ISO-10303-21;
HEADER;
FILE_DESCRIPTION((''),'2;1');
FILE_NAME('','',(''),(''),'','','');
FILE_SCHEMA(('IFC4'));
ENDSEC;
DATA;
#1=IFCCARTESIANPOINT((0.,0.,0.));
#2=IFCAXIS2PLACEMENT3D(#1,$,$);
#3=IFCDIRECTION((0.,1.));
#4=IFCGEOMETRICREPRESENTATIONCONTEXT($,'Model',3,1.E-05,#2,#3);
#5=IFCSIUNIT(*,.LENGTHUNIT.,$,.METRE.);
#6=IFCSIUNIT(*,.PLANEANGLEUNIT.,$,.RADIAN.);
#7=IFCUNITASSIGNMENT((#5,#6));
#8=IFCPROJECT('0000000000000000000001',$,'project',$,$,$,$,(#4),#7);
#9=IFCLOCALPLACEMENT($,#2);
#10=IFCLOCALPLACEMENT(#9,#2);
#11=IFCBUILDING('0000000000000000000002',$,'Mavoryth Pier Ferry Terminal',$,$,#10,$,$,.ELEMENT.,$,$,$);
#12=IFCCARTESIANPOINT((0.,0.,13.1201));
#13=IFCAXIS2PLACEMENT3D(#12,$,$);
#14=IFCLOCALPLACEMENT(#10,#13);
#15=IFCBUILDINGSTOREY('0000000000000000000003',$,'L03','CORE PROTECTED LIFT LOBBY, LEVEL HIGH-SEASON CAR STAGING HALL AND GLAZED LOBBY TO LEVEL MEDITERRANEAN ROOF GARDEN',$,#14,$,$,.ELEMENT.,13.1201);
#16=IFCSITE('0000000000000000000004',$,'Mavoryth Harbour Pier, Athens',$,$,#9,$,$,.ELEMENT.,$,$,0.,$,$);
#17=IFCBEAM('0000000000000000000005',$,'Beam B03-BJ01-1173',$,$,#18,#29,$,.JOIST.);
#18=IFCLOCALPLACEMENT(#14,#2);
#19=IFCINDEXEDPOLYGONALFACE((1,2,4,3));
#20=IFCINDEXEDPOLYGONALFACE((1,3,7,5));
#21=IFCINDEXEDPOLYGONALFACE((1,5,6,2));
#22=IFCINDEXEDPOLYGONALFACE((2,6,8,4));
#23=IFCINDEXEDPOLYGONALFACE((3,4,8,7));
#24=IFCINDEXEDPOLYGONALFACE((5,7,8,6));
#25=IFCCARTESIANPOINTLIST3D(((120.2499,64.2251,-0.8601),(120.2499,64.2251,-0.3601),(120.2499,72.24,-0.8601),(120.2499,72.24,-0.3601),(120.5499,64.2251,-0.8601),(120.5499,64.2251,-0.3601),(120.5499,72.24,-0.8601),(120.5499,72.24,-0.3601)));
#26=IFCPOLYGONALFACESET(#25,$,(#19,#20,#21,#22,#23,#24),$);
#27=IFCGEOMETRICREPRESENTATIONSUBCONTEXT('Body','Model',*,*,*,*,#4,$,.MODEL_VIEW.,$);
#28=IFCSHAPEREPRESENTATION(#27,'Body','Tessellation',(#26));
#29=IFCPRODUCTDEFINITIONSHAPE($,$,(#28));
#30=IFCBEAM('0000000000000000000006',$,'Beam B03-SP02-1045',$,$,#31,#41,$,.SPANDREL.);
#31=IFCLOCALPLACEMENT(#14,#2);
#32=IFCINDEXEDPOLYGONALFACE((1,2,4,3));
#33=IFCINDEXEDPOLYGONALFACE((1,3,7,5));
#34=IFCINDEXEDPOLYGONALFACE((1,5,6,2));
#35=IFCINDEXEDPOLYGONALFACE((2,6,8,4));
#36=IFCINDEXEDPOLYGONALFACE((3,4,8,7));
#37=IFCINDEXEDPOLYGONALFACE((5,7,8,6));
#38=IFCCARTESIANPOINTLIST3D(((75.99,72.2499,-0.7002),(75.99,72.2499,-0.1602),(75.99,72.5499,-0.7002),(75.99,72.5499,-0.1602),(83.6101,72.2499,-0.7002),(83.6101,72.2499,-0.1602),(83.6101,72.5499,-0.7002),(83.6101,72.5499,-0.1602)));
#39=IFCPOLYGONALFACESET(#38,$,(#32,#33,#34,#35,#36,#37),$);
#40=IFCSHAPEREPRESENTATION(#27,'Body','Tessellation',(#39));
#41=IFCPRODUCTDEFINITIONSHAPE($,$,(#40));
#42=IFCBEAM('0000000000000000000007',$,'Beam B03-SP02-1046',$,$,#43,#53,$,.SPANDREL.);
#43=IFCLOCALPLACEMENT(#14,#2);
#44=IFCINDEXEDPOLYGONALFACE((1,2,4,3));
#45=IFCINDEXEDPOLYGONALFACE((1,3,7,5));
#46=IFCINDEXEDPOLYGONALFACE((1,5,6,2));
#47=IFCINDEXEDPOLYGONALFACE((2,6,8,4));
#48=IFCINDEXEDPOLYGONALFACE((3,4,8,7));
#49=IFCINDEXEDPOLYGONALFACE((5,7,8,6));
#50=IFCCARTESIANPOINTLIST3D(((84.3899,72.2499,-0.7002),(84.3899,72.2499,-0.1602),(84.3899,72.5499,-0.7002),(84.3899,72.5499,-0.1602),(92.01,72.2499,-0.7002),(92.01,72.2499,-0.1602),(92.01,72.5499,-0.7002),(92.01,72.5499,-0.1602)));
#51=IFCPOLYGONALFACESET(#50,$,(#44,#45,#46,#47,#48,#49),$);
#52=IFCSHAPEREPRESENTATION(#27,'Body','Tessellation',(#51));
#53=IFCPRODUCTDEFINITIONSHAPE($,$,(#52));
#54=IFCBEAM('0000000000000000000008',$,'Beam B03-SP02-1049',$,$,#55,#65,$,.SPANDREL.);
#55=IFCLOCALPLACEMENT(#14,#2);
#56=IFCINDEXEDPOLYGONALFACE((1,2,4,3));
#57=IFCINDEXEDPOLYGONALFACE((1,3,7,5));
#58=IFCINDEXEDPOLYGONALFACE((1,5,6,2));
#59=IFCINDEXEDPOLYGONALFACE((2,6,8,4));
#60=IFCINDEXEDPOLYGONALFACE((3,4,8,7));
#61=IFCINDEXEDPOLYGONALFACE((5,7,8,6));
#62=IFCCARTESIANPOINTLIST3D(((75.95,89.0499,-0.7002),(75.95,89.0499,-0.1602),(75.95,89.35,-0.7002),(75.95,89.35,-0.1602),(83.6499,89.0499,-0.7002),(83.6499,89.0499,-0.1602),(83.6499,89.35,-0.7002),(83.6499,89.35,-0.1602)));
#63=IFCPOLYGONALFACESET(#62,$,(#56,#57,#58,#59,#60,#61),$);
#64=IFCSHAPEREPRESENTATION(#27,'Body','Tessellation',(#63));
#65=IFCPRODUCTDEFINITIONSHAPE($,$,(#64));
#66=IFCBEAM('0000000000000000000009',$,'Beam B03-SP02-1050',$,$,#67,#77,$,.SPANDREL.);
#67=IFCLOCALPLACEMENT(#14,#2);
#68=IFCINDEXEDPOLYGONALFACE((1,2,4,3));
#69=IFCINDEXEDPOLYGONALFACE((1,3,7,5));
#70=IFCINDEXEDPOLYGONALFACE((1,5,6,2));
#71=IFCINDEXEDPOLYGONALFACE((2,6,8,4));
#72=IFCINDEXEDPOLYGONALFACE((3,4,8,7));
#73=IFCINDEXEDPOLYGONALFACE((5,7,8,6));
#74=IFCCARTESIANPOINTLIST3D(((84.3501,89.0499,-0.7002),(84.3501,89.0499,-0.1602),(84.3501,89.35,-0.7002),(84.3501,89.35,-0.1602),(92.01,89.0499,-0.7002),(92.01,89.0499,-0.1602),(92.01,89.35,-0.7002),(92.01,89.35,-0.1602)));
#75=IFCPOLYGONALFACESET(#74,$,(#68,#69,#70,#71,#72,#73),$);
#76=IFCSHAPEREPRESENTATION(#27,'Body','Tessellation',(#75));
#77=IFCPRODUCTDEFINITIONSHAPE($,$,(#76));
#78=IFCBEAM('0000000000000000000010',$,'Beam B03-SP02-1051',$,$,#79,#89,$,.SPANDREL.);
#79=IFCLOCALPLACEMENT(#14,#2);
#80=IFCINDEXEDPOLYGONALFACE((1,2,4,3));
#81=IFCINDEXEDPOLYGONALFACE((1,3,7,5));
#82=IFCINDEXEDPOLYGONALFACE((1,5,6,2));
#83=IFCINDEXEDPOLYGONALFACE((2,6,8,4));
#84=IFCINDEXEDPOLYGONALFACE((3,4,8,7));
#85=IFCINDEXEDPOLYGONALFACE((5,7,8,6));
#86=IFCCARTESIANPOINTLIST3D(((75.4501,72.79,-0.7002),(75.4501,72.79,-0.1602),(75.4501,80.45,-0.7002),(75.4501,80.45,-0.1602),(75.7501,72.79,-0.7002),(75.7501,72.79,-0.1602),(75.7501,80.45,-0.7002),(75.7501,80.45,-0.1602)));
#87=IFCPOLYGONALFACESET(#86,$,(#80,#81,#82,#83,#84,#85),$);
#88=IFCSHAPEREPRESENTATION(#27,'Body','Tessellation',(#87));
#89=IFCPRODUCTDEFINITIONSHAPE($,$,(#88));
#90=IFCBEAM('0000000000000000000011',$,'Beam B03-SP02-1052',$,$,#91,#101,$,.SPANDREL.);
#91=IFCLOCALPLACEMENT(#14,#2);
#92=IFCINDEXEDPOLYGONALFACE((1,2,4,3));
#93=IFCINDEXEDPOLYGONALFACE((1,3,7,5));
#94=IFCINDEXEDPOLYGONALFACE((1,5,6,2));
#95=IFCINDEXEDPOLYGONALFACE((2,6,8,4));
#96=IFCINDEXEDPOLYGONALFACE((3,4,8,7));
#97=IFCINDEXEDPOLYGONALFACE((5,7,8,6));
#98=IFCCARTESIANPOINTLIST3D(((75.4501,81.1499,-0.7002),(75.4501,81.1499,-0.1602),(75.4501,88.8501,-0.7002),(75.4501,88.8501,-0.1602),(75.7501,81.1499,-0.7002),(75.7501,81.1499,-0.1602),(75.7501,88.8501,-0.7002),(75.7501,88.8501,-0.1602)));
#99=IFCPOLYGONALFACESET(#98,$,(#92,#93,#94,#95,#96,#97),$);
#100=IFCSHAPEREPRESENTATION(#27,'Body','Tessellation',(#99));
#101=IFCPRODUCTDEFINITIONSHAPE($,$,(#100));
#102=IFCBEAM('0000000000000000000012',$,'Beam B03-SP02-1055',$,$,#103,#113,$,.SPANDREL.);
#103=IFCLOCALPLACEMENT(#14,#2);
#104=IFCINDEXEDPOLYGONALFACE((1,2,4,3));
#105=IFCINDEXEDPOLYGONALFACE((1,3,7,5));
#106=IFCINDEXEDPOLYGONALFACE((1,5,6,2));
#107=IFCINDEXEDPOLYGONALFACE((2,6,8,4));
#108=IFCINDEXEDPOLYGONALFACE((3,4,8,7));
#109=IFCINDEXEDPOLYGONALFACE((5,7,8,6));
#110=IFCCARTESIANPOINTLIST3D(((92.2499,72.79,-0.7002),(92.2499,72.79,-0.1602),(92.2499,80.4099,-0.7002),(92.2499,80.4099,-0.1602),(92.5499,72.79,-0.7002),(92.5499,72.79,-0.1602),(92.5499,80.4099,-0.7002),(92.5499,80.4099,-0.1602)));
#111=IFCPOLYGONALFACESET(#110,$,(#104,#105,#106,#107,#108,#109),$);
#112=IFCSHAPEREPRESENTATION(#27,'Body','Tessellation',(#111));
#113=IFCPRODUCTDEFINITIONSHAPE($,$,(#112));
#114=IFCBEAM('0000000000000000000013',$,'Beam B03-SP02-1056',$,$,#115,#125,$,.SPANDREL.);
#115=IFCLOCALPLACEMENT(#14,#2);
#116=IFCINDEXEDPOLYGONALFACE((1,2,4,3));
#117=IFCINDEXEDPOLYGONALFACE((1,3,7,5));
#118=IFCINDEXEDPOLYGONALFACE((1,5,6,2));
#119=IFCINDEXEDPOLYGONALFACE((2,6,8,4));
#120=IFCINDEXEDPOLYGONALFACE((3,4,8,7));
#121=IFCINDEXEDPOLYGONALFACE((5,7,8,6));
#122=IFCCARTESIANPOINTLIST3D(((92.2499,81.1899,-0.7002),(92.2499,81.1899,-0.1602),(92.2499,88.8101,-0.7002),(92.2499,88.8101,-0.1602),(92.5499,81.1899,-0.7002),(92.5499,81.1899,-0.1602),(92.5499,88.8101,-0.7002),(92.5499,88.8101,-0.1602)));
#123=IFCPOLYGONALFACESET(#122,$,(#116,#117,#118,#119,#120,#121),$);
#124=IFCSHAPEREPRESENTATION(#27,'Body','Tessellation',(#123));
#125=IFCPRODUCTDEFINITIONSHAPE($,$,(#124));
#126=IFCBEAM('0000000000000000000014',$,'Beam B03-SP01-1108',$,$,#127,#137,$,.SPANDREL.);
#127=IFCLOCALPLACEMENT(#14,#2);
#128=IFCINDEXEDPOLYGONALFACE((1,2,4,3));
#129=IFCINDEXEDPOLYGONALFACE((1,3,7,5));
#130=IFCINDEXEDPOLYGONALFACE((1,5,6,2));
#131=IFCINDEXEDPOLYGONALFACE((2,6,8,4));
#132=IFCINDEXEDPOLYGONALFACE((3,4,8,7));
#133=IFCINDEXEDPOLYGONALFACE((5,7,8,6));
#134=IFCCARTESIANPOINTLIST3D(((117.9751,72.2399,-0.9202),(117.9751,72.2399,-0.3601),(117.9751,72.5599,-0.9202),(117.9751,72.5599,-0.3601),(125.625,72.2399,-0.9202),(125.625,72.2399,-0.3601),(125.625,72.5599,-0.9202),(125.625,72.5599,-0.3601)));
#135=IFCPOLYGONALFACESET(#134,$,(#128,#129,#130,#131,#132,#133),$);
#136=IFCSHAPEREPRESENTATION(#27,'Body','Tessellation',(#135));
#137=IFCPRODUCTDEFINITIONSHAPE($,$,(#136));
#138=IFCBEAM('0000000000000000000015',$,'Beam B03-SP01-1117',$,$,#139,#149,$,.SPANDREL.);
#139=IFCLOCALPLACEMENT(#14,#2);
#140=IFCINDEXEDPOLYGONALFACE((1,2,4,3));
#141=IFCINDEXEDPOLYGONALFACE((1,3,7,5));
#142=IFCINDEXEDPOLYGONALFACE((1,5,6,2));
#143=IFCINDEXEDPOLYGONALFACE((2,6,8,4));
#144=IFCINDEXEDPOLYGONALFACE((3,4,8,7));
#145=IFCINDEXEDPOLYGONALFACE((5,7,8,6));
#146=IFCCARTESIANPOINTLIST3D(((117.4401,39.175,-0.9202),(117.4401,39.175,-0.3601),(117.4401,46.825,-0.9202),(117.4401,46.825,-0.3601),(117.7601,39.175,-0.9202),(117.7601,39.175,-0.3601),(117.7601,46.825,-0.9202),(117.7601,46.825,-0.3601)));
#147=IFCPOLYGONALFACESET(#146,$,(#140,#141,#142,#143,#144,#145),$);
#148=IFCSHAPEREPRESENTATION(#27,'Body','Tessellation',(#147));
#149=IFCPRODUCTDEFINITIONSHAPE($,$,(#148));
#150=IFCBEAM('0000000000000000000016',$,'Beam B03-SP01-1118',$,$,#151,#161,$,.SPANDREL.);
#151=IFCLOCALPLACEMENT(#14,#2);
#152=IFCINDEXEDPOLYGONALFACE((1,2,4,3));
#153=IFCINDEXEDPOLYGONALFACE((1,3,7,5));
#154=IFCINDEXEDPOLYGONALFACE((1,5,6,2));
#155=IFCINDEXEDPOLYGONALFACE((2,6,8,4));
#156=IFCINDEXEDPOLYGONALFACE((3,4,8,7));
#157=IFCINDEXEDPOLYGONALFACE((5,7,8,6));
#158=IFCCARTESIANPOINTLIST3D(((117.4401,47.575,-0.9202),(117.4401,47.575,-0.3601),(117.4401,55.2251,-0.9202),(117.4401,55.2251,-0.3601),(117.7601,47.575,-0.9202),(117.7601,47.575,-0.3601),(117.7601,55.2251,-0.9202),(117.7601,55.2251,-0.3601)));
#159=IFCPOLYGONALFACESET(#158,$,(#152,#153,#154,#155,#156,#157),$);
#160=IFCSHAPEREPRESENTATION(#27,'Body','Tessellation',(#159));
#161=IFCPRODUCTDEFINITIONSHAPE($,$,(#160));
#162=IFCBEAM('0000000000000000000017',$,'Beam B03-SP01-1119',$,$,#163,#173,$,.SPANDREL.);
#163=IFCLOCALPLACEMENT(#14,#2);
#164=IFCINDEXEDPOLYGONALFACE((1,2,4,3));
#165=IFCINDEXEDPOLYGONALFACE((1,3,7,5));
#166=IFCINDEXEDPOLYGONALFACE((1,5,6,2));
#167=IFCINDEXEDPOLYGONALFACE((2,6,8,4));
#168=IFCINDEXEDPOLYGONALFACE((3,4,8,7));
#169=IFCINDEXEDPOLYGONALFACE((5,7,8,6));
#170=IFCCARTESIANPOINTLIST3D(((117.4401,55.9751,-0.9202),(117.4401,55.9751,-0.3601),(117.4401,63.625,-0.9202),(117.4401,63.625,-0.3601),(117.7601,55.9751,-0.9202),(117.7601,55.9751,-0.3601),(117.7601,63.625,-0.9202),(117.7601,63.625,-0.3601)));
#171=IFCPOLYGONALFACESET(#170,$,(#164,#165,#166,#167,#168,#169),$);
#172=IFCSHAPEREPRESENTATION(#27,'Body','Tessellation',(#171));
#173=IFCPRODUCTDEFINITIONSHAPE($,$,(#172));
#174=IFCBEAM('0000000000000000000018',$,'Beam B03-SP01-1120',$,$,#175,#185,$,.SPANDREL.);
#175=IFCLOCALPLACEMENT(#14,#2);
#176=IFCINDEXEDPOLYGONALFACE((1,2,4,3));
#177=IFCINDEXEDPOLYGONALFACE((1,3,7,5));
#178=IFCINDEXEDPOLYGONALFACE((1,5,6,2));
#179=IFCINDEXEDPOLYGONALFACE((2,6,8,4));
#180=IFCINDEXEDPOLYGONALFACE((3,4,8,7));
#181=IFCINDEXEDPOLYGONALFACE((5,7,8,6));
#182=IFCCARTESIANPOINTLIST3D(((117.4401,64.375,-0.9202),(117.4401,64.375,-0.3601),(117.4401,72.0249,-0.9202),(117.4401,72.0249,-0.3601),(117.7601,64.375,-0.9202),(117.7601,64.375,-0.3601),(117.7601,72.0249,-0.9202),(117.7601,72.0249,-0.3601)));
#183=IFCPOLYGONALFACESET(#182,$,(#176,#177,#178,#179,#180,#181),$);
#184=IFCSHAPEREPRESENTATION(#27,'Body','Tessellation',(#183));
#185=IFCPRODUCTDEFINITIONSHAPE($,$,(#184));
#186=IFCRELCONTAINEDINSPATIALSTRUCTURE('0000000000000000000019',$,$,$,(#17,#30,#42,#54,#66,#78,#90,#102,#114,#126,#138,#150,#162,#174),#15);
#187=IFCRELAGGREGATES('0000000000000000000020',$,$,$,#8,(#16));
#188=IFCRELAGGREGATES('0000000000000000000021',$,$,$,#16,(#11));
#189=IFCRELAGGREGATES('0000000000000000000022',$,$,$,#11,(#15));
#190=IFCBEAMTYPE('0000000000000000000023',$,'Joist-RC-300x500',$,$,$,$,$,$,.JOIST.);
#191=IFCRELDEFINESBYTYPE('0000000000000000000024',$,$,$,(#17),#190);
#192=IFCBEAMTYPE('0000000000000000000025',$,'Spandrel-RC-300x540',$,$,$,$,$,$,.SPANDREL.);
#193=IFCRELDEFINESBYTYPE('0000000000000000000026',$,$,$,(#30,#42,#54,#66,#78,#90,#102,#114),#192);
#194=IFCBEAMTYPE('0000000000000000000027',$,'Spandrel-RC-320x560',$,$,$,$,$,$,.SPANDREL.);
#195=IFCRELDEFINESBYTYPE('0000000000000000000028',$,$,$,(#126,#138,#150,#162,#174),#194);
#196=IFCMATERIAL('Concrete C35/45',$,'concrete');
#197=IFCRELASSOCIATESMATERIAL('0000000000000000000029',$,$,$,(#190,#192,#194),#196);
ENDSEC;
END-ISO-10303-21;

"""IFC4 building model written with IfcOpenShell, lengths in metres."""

from ifc_helpers import new_model, si_unit, direction, frame, origin, origin_2d, place, context, subcontext, project, spatial, rectangle, extrude, material, material_profile, profile_set, type_object, element, save


model = new_model("IFC4")

# Units and contexts
model_context = context("Model", 3, precision=1e-05, world=origin(), true_north=direction((0.0, 1.0)))
body_context = subcontext(model_context, "Body", "Model", "MODEL_VIEW")
ifc_project = project(units=[si_unit("LENGTHUNIT", "METRE"), si_unit("PLANEANGLEUNIT", "RADIAN")], contexts=[model_context])

# Site, building, storey
site_placement = place(None, origin())
site = spatial("IfcSite", under=ifc_project, at=site_placement, Name="Mavoryth Harbour Pier, Athens", CompositionType="ELEMENT", RefElevation=0.0)
building_placement = place(site_placement, origin())
building = spatial("IfcBuilding", under=site, at=building_placement, Name="Mavoryth Pier Ferry Terminal", CompositionType="ELEMENT")
storey_placement = place(building_placement, frame((0.0, 0.0, 13.1201)))
storey = spatial("IfcBuildingStorey", under=building, at=storey_placement, Name="L03", Description="CORE PROTECTED LIFT LOBBY, LEVEL HIGH-SEASON CAR STAGING HALL AND GLAZED LOBBY TO LEVEL MEDITERRANEAN ROOF GARDEN", CompositionType="ELEMENT", Elevation=13.1201)

# Beams
ifc_material = material(Name="Concrete C35/45", Category="concrete")
ifc_material_profile_1 = material_profile(ifc_material, rectangle(XDim=0.3, YDim=0.5, at=origin_2d()), Name="RC 300x500", Category="concrete")
ifc_profile_set_1 = profile_set([ifc_material_profile_1], Name="Concrete C35/45 - RC 300x500")
beam_type_1 = type_object("IfcBeamType", Name="Joist-RC-300x500", PredefinedType="JOIST", material=ifc_profile_set_1)
beam_1_placement = place(storey_placement, frame((120.3999, 64.2251, -0.6101), z_axis=(0.0, 1.0, 0.0), x_axis=(-1.0, 0.0, 0.0)))
element("IfcBeam", 1, at=beam_1_placement, inside=storey, type_object=beam_type_1, Name="Beam B03-BJ01-1173", PredefinedType="JOIST", context=body_context, shape_type="SweptSolid", body=[
    extrude(rectangle(XDim=0.3, YDim=0.5, at=origin_2d()), origin(), (0.0, 0.0, 1.0), 8.0149),
])
ifc_material_profile_2 = material_profile(ifc_material, rectangle(XDim=0.3, YDim=0.54, at=origin_2d()), Name="RC 300x540", Category="concrete")
ifc_profile_set_2 = profile_set([ifc_material_profile_2], Name="Concrete C35/45 - RC 300x540")
beam_type_2 = type_object("IfcBeamType", Name="Spandrel-RC-300x540", PredefinedType="SPANDREL", material=ifc_profile_set_2)
for number, where, z_axis, x_axis, name in (
    (2, (75.99, 72.3999, -0.4302), (1.0, 0.0, 0.0), (0.0, 1.0, 0.0), "Beam B03-SP02-1045"),
    (3, (84.3899, 72.3999, -0.4302), (1.0, 0.0, 0.0), (0.0, 1.0, 0.0), "Beam B03-SP02-1046"),
):
    element("IfcBeam", number, at=place(storey_placement, frame(where, z_axis=z_axis, x_axis=x_axis)), inside=storey, type_object=beam_type_2, Name=name, PredefinedType="SPANDREL", context=body_context, shape_type="SweptSolid", body=[
        extrude(rectangle(XDim=0.3, YDim=0.54, at=origin_2d()), origin(), (0.0, 0.0, 1.0), 7.6201),
    ])
beam_2_placement = place(storey_placement, frame((75.95, 89.2, -0.4302), z_axis=(1.0, 0.0, 0.0), x_axis=(0.0, 1.0, 0.0)))
element("IfcBeam", 4, at=beam_2_placement, inside=storey, type_object=beam_type_2, Name="Beam B03-SP02-1049", PredefinedType="SPANDREL", context=body_context, shape_type="SweptSolid", body=[
    extrude(rectangle(XDim=0.3, YDim=0.54, at=origin_2d()), origin(), (0.0, 0.0, 1.0), 7.7),
])
for number, where, z_axis, x_axis, name in (
    (5, (84.3501, 89.2, -0.4302), (1.0, 0.0, 0.0), (0.0, 1.0, 0.0), "Beam B03-SP02-1050"),
    (6, (75.6001, 72.79, -0.4302), (0.0, 1.0, 0.0), (-1.0, 0.0, 0.0), "Beam B03-SP02-1051"),
):
    element("IfcBeam", number, at=place(storey_placement, frame(where, z_axis=z_axis, x_axis=x_axis)), inside=storey, type_object=beam_type_2, Name=name, PredefinedType="SPANDREL", context=body_context, shape_type="SweptSolid", body=[
        extrude(rectangle(XDim=0.3, YDim=0.54, at=origin_2d()), origin(), (0.0, 0.0, 1.0), 7.6599),
    ])
beam_3_placement = place(storey_placement, frame((75.6001, 81.1499, -0.4302), z_axis=(0.0, 1.0, 0.0), x_axis=(-1.0, 0.0, 0.0)))
element("IfcBeam", 7, at=beam_3_placement, inside=storey, type_object=beam_type_2, Name="Beam B03-SP02-1052", PredefinedType="SPANDREL", context=body_context, shape_type="SweptSolid", body=[
    extrude(rectangle(XDim=0.3, YDim=0.54, at=origin_2d()), origin(), (0.0, 0.0, 1.0), 7.7002),
])
beam_4_placement = place(storey_placement, frame((92.3999, 72.79, -0.4302), z_axis=(0.0, 1.0, 0.0), x_axis=(-1.0, 0.0, 0.0)))
element("IfcBeam", 8, at=beam_4_placement, inside=storey, type_object=beam_type_2, Name="Beam B03-SP02-1055", PredefinedType="SPANDREL", context=body_context, shape_type="SweptSolid", body=[
    extrude(rectangle(XDim=0.3, YDim=0.54, at=origin_2d()), origin(), (0.0, 0.0, 1.0), 7.6199),
])
beam_5_placement = place(storey_placement, frame((92.3999, 81.1899, -0.4302), z_axis=(0.0, 1.0, 0.0), x_axis=(-1.0, 0.0, 0.0)))
element("IfcBeam", 9, at=beam_5_placement, inside=storey, type_object=beam_type_2, Name="Beam B03-SP02-1056", PredefinedType="SPANDREL", context=body_context, shape_type="SweptSolid", body=[
    extrude(rectangle(XDim=0.3, YDim=0.54, at=origin_2d()), origin(), (0.0, 0.0, 1.0), 7.6201),
])
ifc_material_profile_3 = material_profile(ifc_material, rectangle(XDim=0.3201, YDim=0.5601, at=origin_2d()), Name="RC 320x560", Category="concrete")
ifc_profile_set_3 = profile_set([ifc_material_profile_3], Name="Concrete C35/45 - RC 320x560")
beam_type_3 = type_object("IfcBeamType", Name="Spandrel-RC-320x560", PredefinedType="SPANDREL", material=ifc_profile_set_3)
for number, where, z_axis, x_axis, name in (
    (10, (117.9751, 72.3999, -0.6401), (1.0, 0.0, 0.0), (0.0, 1.0, 0.0), "Beam B03-SP01-1108"),
    (11, (117.6001, 39.175, -0.6401), (0.0, 1.0, 0.0), (-1.0, 0.0, 0.0), "Beam B03-SP01-1117"),
):
    element("IfcBeam", number, at=place(storey_placement, frame(where, z_axis=z_axis, x_axis=x_axis)), inside=storey, type_object=beam_type_3, Name=name, PredefinedType="SPANDREL", context=body_context, shape_type="SweptSolid", body=[
        extrude(rectangle(XDim=0.3201, YDim=0.5601, at=origin_2d()), origin(), (0.0, 0.0, 1.0), 7.6499),
    ])
beam_6_placement = place(storey_placement, frame((117.6001, 47.575, -0.6401), z_axis=(0.0, 1.0, 0.0), x_axis=(-1.0, 0.0, 0.0)))
element("IfcBeam", 12, at=beam_6_placement, inside=storey, type_object=beam_type_3, Name="Beam B03-SP01-1118", PredefinedType="SPANDREL", context=body_context, shape_type="SweptSolid", body=[
    extrude(rectangle(XDim=0.3201, YDim=0.5601, at=origin_2d()), origin(), (0.0, 0.0, 1.0), 7.6501),
])
for number, where, z_axis, x_axis, name in (
    (13, (117.6001, 55.9751, -0.6401), (0.0, 1.0, 0.0), (-1.0, 0.0, 0.0), "Beam B03-SP01-1119"),
    (14, (117.6001, 64.375, -0.6401), (0.0, 1.0, 0.0), (-1.0, 0.0, 0.0), "Beam B03-SP01-1120"),
):
    element("IfcBeam", number, at=place(storey_placement, frame(where, z_axis=z_axis, x_axis=x_axis)), inside=storey, type_object=beam_type_3, Name=name, PredefinedType="SPANDREL", context=body_context, shape_type="SweptSolid", body=[
        extrude(rectangle(XDim=0.3201, YDim=0.5601, at=origin_2d()), origin(), (0.0, 0.0, 1.0), 7.6499),
    ])

save(model, "model.ifc")
